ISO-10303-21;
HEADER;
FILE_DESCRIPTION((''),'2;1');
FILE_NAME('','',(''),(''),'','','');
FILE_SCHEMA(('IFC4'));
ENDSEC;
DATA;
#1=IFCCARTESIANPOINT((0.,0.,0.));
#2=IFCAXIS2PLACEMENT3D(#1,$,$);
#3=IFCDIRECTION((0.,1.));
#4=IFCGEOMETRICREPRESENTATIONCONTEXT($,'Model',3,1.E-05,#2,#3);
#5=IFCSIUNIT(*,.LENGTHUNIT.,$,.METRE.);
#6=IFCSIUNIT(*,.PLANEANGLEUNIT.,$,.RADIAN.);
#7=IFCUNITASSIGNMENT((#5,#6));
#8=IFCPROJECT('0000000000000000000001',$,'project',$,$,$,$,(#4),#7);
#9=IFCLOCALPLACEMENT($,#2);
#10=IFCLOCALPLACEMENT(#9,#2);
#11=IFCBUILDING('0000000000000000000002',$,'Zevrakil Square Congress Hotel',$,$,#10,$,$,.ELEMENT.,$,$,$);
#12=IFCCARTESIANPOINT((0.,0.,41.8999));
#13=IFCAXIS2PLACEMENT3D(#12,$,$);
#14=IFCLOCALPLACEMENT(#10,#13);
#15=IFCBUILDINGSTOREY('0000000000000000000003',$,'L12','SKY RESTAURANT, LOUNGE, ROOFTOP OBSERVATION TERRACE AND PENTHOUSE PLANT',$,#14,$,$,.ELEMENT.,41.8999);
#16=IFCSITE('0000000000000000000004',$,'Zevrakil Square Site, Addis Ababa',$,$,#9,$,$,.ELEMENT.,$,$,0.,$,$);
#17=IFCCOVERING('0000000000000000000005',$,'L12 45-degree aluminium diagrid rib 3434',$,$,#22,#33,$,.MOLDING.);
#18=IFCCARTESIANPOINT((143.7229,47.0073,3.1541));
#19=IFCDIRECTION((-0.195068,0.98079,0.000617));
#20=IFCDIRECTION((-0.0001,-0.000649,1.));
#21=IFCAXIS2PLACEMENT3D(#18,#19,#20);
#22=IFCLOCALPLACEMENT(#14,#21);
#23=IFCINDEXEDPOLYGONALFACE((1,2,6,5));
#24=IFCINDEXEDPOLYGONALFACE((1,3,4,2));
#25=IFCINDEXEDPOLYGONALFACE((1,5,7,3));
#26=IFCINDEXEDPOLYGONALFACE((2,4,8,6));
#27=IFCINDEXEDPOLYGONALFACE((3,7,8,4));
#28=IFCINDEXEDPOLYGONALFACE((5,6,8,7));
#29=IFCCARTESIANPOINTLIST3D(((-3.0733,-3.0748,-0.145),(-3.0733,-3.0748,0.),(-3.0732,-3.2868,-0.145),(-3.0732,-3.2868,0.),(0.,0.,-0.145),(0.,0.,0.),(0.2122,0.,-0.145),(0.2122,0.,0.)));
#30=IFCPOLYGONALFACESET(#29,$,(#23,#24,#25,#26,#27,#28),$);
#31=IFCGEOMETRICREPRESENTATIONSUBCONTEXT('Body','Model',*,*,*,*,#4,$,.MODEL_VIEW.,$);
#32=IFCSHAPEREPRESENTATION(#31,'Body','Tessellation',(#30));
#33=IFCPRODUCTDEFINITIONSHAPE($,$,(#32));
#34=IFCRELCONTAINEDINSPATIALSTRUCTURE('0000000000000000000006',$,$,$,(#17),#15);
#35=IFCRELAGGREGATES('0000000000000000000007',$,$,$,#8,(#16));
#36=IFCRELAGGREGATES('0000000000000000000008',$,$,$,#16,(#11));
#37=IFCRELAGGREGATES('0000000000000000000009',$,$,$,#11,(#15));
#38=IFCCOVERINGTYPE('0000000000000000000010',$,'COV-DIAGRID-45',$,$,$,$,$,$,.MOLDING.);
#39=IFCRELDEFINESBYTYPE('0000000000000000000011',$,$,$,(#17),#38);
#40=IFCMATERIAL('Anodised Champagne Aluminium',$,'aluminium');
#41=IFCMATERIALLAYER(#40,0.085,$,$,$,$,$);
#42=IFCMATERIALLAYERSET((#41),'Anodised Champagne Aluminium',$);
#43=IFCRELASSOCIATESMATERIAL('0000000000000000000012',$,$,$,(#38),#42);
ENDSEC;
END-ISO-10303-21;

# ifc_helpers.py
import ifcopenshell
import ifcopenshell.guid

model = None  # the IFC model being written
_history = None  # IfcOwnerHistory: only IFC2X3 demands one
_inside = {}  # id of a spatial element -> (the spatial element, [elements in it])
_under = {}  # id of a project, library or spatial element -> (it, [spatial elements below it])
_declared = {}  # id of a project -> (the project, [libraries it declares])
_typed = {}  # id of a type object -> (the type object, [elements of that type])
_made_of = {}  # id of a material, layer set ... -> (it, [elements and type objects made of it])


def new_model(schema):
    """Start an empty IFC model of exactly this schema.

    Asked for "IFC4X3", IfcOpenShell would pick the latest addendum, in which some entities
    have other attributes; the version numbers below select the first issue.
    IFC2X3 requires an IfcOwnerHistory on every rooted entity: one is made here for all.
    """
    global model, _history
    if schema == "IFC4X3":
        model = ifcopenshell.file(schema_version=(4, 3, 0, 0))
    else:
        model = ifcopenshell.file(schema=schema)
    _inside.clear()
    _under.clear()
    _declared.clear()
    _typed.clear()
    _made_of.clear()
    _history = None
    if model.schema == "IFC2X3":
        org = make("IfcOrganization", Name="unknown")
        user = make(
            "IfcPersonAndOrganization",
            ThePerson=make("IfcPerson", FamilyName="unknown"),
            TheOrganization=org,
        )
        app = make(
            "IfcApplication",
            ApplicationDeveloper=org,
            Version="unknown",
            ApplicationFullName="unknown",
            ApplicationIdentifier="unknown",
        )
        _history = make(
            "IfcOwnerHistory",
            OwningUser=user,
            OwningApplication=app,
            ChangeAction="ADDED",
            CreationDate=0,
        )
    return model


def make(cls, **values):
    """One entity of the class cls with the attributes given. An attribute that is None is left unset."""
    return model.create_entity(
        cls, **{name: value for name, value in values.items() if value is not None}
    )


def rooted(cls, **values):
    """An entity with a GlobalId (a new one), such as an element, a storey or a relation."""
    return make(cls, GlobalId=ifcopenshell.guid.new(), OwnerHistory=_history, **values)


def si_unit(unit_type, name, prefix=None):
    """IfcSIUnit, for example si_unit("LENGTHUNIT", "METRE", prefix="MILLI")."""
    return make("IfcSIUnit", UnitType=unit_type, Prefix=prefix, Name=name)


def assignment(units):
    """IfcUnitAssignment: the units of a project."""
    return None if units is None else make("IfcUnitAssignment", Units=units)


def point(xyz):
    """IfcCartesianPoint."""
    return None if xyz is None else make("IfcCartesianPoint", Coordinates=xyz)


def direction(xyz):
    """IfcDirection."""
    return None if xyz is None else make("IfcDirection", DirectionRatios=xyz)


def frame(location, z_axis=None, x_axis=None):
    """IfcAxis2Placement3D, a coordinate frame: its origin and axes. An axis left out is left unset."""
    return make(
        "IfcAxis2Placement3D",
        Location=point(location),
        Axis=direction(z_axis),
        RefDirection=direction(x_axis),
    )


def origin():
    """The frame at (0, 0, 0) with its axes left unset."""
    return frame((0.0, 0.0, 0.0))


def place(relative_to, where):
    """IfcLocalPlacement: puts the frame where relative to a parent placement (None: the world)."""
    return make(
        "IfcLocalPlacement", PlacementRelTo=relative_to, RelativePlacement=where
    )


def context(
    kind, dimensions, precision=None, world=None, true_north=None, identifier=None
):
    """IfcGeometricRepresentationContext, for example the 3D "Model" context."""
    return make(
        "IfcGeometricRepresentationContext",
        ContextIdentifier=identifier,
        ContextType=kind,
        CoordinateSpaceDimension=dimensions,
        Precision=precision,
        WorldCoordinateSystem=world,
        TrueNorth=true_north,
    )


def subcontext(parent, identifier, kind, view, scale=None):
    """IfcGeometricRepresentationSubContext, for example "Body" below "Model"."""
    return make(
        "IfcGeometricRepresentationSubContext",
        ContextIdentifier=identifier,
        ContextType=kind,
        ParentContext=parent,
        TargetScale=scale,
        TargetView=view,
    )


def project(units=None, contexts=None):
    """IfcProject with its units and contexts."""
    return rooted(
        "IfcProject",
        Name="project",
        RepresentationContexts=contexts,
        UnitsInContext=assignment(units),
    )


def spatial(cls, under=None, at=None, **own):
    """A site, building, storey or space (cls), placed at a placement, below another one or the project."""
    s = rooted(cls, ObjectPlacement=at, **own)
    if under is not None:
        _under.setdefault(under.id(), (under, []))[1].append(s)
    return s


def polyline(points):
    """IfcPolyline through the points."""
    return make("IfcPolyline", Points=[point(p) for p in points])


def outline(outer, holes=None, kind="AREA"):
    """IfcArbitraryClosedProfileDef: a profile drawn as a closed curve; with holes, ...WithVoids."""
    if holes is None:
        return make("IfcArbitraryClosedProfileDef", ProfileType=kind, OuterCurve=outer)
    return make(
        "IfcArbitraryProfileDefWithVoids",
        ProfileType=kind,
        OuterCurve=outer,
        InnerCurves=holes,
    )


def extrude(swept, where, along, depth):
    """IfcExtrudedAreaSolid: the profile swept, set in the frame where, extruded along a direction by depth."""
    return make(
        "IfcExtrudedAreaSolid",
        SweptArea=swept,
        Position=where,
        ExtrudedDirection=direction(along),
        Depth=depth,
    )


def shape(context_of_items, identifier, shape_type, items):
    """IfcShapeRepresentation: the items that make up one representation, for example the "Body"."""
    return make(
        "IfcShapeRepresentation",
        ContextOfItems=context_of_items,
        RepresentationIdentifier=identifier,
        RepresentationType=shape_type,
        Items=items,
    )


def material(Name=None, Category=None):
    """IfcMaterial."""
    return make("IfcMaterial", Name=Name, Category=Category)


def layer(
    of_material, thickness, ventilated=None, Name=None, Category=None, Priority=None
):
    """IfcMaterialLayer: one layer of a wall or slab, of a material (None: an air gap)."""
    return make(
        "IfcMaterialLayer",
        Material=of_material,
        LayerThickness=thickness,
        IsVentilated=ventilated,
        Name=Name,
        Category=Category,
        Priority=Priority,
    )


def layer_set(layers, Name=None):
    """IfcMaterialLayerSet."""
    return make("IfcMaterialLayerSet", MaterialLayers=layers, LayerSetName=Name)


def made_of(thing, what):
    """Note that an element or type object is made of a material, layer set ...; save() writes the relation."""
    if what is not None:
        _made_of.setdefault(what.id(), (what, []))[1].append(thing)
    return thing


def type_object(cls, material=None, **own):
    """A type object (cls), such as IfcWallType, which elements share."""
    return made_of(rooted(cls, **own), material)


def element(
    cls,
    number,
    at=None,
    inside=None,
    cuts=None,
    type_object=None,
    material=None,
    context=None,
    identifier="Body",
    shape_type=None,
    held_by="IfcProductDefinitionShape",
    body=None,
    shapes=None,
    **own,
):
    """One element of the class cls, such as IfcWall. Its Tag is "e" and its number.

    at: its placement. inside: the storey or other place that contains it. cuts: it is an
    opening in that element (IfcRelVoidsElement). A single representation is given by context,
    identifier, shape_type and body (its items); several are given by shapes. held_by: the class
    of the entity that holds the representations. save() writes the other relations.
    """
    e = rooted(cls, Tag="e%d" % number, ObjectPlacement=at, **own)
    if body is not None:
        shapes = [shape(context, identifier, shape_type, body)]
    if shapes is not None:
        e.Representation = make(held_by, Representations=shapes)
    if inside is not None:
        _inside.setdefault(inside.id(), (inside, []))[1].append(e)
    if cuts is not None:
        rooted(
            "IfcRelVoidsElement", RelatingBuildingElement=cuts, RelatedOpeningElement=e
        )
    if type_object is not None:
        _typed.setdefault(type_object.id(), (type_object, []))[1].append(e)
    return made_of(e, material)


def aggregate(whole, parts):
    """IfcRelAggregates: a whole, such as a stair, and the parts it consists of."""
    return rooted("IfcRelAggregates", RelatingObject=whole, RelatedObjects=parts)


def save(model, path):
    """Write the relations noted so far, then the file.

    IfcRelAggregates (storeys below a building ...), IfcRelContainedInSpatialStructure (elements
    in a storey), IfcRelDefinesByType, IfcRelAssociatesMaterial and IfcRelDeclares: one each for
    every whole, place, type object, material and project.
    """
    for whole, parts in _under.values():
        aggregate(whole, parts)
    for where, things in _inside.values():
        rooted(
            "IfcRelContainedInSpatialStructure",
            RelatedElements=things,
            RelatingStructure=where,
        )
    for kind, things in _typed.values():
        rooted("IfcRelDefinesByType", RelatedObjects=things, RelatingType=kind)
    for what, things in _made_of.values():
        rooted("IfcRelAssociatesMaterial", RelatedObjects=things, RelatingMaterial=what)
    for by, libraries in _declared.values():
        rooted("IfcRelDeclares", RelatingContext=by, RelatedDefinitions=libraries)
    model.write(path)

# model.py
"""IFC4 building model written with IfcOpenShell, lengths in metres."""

from ifc_helpers import new_model, si_unit, direction, frame, origin, place, context, subcontext, project, spatial, polyline, outline, extrude, material, layer, layer_set, type_object, element, save


model = new_model("IFC4")

# Units and contexts
model_context = context("Model", 3, precision=1e-05, world=origin(), true_north=direction((0.0, 1.0)))
body_context = subcontext(model_context, "Body", "Model", "MODEL_VIEW")
ifc_project = project(units=[si_unit("LENGTHUNIT", "METRE"), si_unit("PLANEANGLEUNIT", "RADIAN")], contexts=[model_context])

# Site, building, storey
site_placement = place(None, origin())
site = spatial("IfcSite", under=ifc_project, at=site_placement, Name="Zevrakil Square Site, Addis Ababa", CompositionType="ELEMENT", RefElevation=0.0)
building_placement = place(site_placement, origin())
building = spatial("IfcBuilding", under=site, at=building_placement, Name="Zevrakil Square Congress Hotel", CompositionType="ELEMENT")
storey_placement = place(building_placement, frame((0.0, 0.0, 41.8999)))
storey = spatial("IfcBuildingStorey", under=building, at=storey_placement, Name="L12", Description="SKY RESTAURANT, LOUNGE, ROOFTOP OBSERVATION TERRACE AND PENTHOUSE PLANT", CompositionType="ELEMENT", Elevation=41.8999)

# Covering
ifc_material_1 = material(Name="Anodised Champagne Aluminium", Category="aluminium")
ifc_layer_1 = layer(ifc_material_1, 0.085)
ifc_layer_set_1 = layer_set([ifc_layer_1], Name="Anodised Champagne Aluminium")
covering_type_1 = type_object("IfcCoveringType", Name="COV-DIAGRID-45", PredefinedType="MOLDING", material=ifc_layer_set_1)
covering_1_placement = place(storey_placement, frame((143.7229, 47.0073, 3.1541), z_axis=(-0.195068, 0.98079, 0.000617), x_axis=(-0.0001, -0.000649, 1.0)))
element("IfcCovering", 1, at=covering_1_placement, inside=storey, type_object=covering_type_1, Name="L12 45-degree aluminium diagrid rib 3434", PredefinedType="MOLDING", context=body_context, shape_type="SweptSolid", body=[
    extrude(outline(polyline([(0.0, 0.0), (0.2122, 0.0), (-3.0732, -3.2868), (-3.0733, -3.0748), (0.0, 0.0)])), origin(), (0.0, 0.0, -1.0), 0.145),
])

save(model, "model.ifc")
